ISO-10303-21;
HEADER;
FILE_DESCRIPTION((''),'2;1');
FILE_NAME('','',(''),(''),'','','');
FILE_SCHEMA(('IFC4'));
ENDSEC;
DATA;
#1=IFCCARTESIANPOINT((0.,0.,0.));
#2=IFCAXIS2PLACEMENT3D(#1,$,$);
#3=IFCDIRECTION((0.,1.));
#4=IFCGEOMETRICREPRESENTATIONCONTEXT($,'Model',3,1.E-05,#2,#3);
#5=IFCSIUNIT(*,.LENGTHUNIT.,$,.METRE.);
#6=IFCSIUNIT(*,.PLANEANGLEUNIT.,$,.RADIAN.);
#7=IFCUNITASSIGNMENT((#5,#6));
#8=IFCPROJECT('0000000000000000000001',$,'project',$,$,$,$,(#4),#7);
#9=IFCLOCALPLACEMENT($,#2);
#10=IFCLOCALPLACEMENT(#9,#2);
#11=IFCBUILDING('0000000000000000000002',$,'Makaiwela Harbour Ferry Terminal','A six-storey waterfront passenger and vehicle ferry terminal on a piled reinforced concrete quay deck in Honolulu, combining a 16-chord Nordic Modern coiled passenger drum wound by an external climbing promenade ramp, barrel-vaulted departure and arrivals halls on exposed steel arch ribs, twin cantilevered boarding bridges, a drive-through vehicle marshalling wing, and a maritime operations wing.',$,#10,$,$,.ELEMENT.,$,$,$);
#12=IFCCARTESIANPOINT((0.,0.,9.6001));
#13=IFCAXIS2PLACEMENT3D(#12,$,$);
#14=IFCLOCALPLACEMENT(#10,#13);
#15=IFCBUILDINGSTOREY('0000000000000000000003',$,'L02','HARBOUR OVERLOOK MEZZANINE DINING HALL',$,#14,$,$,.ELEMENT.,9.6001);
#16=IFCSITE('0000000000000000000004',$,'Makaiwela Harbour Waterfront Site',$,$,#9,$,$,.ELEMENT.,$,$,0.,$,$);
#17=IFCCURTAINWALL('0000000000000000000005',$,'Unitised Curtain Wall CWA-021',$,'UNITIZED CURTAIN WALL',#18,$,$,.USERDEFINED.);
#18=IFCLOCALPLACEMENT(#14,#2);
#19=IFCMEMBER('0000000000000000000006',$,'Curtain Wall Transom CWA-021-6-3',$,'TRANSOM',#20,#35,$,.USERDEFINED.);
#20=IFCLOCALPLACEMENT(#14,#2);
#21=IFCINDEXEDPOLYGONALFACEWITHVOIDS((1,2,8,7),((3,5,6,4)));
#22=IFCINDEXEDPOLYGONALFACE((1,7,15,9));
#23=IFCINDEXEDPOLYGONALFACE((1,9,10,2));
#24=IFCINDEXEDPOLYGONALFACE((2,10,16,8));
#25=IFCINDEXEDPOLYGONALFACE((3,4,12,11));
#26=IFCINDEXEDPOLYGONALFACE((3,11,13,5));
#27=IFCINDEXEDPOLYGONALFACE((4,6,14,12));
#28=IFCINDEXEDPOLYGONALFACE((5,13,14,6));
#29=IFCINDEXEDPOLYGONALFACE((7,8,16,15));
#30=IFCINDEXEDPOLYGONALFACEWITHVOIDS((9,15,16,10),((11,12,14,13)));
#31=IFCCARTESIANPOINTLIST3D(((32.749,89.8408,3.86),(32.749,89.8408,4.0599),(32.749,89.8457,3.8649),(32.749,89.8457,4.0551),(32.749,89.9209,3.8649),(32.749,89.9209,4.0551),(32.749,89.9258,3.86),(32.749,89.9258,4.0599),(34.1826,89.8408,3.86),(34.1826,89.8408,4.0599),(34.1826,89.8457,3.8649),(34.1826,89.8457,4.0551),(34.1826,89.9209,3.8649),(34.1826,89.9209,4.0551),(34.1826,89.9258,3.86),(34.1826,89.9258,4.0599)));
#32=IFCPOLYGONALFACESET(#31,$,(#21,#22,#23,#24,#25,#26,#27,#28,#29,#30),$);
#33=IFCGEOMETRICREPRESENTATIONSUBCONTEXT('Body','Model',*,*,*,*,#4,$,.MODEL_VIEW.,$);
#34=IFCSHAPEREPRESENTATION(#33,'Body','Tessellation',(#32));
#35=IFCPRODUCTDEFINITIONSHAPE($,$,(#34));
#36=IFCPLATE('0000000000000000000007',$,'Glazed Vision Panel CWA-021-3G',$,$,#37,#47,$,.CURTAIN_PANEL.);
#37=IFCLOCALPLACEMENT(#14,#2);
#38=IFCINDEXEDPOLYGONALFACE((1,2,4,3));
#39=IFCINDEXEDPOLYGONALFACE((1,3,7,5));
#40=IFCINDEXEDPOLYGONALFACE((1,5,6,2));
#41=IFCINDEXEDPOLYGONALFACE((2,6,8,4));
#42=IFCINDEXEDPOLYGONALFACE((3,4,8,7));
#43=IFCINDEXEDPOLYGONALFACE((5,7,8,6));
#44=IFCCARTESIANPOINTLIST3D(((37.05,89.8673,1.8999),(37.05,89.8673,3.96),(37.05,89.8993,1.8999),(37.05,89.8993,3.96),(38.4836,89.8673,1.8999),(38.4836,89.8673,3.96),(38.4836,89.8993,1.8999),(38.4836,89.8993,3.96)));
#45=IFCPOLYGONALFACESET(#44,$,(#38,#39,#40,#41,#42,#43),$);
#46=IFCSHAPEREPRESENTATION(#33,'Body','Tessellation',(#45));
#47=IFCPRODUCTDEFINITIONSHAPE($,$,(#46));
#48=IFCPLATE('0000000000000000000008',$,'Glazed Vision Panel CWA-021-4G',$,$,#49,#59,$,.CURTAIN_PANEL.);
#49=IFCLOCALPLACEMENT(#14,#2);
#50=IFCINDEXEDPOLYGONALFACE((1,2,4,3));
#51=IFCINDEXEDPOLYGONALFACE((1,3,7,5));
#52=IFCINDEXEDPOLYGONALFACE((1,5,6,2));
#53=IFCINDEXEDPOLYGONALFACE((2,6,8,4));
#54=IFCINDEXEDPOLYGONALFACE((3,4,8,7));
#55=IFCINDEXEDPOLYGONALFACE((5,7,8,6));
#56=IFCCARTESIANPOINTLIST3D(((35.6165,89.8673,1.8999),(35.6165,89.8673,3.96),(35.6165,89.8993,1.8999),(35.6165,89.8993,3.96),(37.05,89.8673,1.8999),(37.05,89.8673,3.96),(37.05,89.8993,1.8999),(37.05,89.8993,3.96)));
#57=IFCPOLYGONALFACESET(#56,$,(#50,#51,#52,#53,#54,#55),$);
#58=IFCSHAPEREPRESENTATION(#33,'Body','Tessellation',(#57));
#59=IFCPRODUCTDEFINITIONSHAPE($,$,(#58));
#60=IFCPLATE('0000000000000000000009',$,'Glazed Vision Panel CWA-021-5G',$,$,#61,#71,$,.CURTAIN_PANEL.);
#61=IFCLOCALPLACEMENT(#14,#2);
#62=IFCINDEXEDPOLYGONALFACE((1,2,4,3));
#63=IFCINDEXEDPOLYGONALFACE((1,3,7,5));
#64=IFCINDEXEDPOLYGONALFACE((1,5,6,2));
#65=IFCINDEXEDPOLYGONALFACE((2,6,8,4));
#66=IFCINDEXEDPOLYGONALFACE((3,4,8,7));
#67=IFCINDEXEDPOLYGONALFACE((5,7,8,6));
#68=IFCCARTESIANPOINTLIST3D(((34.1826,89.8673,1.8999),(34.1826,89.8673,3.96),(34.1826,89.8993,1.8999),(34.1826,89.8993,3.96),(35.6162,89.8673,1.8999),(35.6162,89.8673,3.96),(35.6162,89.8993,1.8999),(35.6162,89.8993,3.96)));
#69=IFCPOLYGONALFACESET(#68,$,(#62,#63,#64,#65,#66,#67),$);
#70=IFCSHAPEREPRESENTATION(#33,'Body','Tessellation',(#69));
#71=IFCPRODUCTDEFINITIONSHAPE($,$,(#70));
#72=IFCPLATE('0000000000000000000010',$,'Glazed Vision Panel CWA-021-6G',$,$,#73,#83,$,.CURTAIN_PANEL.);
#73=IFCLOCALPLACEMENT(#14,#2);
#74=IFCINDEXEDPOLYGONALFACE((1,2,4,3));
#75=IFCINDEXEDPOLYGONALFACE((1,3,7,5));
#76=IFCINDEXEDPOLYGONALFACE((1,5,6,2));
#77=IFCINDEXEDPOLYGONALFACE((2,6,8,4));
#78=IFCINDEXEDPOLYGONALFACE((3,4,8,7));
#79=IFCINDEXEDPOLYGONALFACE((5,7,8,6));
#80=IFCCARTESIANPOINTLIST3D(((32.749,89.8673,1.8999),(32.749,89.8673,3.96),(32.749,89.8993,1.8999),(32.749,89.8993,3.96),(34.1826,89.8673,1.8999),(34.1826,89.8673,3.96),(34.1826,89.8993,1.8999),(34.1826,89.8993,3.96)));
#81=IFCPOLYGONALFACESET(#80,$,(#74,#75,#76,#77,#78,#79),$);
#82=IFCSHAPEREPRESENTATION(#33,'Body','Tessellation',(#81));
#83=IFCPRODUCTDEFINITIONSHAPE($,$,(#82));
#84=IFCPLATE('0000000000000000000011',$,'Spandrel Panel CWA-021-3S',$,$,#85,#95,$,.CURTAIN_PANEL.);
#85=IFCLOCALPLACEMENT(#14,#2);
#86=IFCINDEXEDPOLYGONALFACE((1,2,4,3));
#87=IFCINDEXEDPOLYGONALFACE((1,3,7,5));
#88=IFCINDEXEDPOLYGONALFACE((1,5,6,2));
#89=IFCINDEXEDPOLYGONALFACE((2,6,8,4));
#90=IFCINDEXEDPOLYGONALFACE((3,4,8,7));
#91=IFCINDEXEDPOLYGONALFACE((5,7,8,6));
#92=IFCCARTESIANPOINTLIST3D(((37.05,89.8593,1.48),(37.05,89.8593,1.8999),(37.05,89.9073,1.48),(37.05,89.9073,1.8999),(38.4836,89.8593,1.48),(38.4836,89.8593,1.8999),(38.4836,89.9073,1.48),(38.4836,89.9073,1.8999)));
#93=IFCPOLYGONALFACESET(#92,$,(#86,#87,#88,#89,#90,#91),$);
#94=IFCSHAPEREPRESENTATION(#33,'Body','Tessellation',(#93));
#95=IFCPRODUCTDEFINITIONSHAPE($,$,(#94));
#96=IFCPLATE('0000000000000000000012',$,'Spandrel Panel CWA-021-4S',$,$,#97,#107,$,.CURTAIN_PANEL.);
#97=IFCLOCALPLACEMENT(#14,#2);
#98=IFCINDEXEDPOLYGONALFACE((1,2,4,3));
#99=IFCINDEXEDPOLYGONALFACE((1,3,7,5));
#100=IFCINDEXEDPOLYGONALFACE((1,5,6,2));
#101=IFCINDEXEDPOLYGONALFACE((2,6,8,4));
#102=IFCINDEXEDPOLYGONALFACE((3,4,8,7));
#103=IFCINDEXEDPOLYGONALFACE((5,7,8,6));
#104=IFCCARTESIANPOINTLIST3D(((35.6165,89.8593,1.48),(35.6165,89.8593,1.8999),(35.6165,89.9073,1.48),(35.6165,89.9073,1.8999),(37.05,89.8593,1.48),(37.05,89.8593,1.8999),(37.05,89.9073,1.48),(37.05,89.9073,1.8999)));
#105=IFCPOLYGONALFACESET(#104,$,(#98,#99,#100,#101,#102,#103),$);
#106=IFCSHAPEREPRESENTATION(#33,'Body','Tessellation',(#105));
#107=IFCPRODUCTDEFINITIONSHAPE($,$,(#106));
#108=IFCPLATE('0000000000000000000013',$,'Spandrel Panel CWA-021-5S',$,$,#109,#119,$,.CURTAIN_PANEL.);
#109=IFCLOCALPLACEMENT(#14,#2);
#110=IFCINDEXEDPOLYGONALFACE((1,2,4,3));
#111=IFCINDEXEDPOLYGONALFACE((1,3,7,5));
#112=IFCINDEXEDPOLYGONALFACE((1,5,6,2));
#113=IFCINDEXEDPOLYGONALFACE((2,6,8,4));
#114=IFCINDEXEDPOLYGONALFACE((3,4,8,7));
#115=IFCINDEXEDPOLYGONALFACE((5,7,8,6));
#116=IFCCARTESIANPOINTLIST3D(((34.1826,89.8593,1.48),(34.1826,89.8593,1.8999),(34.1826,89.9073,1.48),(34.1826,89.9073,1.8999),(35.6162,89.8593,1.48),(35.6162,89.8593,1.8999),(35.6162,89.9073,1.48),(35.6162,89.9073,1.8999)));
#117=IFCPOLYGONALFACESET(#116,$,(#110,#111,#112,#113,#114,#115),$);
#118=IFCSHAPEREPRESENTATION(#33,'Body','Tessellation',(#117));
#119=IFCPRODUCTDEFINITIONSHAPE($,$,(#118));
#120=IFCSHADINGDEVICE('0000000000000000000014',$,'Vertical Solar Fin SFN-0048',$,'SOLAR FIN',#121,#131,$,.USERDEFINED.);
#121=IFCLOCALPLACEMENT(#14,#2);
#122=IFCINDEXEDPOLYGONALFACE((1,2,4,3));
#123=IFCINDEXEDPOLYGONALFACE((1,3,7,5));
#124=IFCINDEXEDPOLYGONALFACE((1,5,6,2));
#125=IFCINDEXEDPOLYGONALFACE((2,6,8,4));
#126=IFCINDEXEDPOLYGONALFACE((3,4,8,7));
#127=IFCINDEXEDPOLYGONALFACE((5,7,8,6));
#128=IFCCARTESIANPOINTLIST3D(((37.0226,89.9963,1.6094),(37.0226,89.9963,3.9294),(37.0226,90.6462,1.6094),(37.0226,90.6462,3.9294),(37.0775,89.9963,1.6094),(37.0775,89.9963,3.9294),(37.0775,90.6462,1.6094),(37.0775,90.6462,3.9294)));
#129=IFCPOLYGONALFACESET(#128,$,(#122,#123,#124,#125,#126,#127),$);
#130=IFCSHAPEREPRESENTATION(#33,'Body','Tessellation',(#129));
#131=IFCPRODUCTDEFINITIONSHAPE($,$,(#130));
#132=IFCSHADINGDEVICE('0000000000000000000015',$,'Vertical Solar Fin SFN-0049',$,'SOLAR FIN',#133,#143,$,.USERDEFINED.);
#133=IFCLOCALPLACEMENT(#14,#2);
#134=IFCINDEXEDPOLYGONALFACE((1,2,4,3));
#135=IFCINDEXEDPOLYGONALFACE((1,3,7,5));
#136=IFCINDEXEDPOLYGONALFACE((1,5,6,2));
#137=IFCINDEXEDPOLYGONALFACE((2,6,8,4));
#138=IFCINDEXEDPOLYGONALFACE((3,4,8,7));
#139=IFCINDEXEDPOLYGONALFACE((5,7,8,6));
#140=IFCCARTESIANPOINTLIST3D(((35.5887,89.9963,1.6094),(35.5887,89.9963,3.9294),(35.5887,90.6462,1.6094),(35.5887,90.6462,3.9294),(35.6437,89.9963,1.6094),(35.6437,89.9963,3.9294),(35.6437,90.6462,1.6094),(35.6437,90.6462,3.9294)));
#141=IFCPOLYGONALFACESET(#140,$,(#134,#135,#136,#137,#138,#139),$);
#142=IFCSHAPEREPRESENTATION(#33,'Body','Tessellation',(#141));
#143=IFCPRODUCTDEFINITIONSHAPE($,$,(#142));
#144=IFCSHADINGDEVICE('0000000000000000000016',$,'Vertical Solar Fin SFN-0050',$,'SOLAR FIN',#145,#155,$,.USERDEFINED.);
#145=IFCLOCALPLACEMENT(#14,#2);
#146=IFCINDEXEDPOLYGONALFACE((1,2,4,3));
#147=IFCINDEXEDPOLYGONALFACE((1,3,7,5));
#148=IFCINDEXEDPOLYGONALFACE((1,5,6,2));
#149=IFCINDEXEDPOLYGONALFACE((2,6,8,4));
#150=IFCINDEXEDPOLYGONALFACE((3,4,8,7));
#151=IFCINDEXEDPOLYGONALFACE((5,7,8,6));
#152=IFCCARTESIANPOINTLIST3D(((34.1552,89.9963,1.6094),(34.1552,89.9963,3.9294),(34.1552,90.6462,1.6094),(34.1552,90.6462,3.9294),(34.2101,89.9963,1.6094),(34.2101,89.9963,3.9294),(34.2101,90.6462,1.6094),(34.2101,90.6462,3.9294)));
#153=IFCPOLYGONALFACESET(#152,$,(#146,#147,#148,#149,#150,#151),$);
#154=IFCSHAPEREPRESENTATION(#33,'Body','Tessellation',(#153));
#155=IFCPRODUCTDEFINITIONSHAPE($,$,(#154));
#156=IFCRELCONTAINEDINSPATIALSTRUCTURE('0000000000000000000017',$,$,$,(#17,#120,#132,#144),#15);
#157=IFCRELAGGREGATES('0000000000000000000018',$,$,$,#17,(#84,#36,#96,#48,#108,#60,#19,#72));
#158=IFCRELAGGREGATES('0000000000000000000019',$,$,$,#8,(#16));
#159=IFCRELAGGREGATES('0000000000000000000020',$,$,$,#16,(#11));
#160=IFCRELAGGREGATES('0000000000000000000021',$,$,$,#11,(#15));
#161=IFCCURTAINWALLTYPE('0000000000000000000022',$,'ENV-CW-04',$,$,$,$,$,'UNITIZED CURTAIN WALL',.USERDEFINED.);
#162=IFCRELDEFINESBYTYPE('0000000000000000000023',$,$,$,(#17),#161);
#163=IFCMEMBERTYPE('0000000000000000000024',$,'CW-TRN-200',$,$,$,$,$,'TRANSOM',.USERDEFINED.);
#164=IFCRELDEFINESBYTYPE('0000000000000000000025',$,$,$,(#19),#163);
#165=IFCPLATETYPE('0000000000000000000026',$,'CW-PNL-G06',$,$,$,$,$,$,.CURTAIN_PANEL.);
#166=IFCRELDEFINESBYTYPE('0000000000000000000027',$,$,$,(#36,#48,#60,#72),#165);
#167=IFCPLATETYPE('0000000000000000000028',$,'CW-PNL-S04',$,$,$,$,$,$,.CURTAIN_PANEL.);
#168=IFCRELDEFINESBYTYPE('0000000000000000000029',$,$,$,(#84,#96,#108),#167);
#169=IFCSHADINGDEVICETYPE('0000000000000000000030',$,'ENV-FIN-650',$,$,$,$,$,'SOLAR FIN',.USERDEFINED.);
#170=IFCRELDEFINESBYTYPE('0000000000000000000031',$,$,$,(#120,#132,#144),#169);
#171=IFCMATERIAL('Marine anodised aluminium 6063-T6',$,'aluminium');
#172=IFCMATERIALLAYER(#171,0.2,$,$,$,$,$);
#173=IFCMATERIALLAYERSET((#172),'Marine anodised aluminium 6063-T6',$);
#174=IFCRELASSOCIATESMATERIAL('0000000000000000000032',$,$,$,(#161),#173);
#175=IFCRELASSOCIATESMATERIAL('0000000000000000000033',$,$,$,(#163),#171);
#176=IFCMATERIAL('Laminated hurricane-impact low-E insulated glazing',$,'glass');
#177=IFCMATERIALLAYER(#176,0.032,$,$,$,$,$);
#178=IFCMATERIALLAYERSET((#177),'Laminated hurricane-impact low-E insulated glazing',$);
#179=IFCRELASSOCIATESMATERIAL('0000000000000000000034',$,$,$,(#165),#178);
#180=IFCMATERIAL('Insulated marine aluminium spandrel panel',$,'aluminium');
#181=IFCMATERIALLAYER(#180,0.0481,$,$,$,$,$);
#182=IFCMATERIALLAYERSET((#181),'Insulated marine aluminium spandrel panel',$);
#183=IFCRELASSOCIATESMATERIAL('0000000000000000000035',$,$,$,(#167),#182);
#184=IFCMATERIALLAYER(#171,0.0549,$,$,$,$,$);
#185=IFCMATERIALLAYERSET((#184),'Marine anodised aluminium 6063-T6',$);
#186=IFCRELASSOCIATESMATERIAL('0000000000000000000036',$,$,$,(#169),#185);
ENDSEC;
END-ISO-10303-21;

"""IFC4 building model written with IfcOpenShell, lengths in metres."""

from ifc_helpers import new_model, si_unit, direction, frame, origin, origin_2d, place, context, subcontext, project, spatial, rectangle, hollow_rectangle, extrude, material, layer, layer_set, material_profile, profile_set, type_object, element, aggregate, save


model = new_model("IFC4")

# Units and contexts
model_context = context("Model", 3, precision=1e-05, world=origin(), true_north=direction((0.0, 1.0)))
body_context = subcontext(model_context, "Body", "Model", "MODEL_VIEW")
ifc_project = project(units=[si_unit("LENGTHUNIT", "METRE"), si_unit("PLANEANGLEUNIT", "RADIAN")], contexts=[model_context])

# Site, building, storey
site_placement = place(None, origin())
site = spatial("IfcSite", under=ifc_project, at=site_placement, Name="Makaiwela Harbour Waterfront Site", CompositionType="ELEMENT", RefElevation=0.0)
building_placement = place(site_placement, origin())
building = spatial("IfcBuilding", under=site, at=building_placement, Name="Makaiwela Harbour Ferry Terminal", Description="A six-storey waterfront passenger and vehicle ferry terminal on a piled reinforced concrete quay deck in Honolulu, combining a 16-chord Nordic Modern coiled passenger drum wound by an external climbing promenade ramp, barrel-vaulted departure and arrivals halls on exposed steel arch ribs, twin cantilevered boarding bridges, a drive-through vehicle marshalling wing, and a maritime operations wing.", CompositionType="ELEMENT")
storey_placement = place(building_placement, frame((0.0, 0.0, 9.6001)))
storey = spatial("IfcBuildingStorey", under=building, at=storey_placement, Name="L02", Description="HARBOUR OVERLOOK MEZZANINE DINING HALL", CompositionType="ELEMENT", Elevation=9.6001)

# Curtain wall, member, plates
ifc_material_1 = material(Name="Marine anodised aluminium 6063-T6", Category="aluminium")
ifc_layer_1 = layer(ifc_material_1, 0.2)
ifc_layer_set_1 = layer_set([ifc_layer_1], Name="Marine anodised aluminium 6063-T6")
curtain_wall_type = type_object("IfcCurtainWallType", Name="ENV-CW-04", ElementType="UNITIZED CURTAIN WALL", PredefinedType="USERDEFINED", material=ifc_layer_set_1)
curtain_wall_placement = place(storey_placement, origin())
curtain_wall = element("IfcCurtainWall", 1, at=curtain_wall_placement, inside=storey, type_object=curtain_wall_type, Name="Unitised Curtain Wall CWA-021", ObjectType="UNITIZED CURTAIN WALL", PredefinedType="USERDEFINED")
ifc_material_profile_1 = material_profile(ifc_material_1, hollow_rectangle(XDim=0.085, YDim=0.2, WallThickness=0.0049, at=origin_2d()), Name="CWT-200X85")
ifc_profile_set_1 = profile_set([ifc_material_profile_1], Name="Marine anodised aluminium 6063-T6")
member_type_1 = type_object("IfcMemberType", Name="CW-TRN-200", ElementType="TRANSOM", PredefinedType="USERDEFINED", material=ifc_profile_set_1)
member_1_placement = place(storey_placement, frame((34.1826, 89.8833, 3.96), z_axis=(-1.0, 0.0, 0.0), x_axis=(0.0, -1.0, 0.0)))
member_1 = element("IfcMember", 2, at=member_1_placement, type_object=member_type_1, Name="Curtain Wall Transom CWA-021-6-3", ObjectType="TRANSOM", PredefinedType="USERDEFINED", context=body_context, shape_type="SweptSolid", body=[
    extrude(hollow_rectangle(XDim=0.085, YDim=0.2, WallThickness=0.0049, at=origin_2d()), origin(), (0.0, 0.0, 1.0), 1.4336),
])
ifc_material_2 = material(Name="Laminated hurricane-impact low-E insulated glazing", Category="glass")
ifc_layer_2 = layer(ifc_material_2, 0.032)
ifc_layer_set_2 = layer_set([ifc_layer_2], Name="Laminated hurricane-impact low-E insulated glazing")
plate_type_1 = type_object("IfcPlateType", Name="CW-PNL-G06", PredefinedType="CURTAIN_PANEL", material=ifc_layer_set_2)
plate_1_placement = place(storey_placement, frame((37.7668, 89.8833, 1.8999), z_axis=(0.0, 0.0, 1.0), x_axis=(-1.0, 0.0, 0.0)))
plate_1 = element("IfcPlate", 3, at=plate_1_placement, type_object=plate_type_1, Name="Glazed Vision Panel CWA-021-3G", PredefinedType="CURTAIN_PANEL", context=body_context, shape_type="SweptSolid", body=[
    extrude(rectangle(XDim=1.4336, YDim=0.032, at=origin_2d()), origin(), (0.0, 0.0, 1.0), 2.0601),
])
plate_2_placement = place(storey_placement, frame((36.3333, 89.8833, 1.8999), z_axis=(0.0, 0.0, 1.0), x_axis=(-1.0, 0.0, 0.0)))
plate_2 = element("IfcPlate", 4, at=plate_2_placement, type_object=plate_type_1, Name="Glazed Vision Panel CWA-021-4G", PredefinedType="CURTAIN_PANEL", context=body_context, shape_type="SweptSolid", body=[
    extrude(rectangle(XDim=1.4336, YDim=0.032, at=origin_2d()), origin(), (0.0, 0.0, 1.0), 2.0601),
])
plate_3_placement = place(storey_placement, frame((34.8994, 89.8833, 1.8999), z_axis=(0.0, 0.0, 1.0), x_axis=(-1.0, 0.0, 0.0)))
plate_3 = element("IfcPlate", 5, at=plate_3_placement, type_object=plate_type_1, Name="Glazed Vision Panel CWA-021-5G", PredefinedType="CURTAIN_PANEL", context=body_context, shape_type="SweptSolid", body=[
    extrude(rectangle(XDim=1.4336, YDim=0.032, at=origin_2d()), origin(), (0.0, 0.0, 1.0), 2.0601),
])
plate_4_placement = place(storey_placement, frame((33.4658, 89.8833, 1.8999), z_axis=(0.0, 0.0, 1.0), x_axis=(-1.0, 0.0, 0.0)))
plate_4 = element("IfcPlate", 6, at=plate_4_placement, type_object=plate_type_1, Name="Glazed Vision Panel CWA-021-6G", PredefinedType="CURTAIN_PANEL", context=body_context, shape_type="SweptSolid", body=[
    extrude(rectangle(XDim=1.4336, YDim=0.032, at=origin_2d()), origin(), (0.0, 0.0, 1.0), 2.0601),
])
ifc_material_3 = material(Name="Insulated marine aluminium spandrel panel", Category="aluminium")
ifc_layer_3 = layer(ifc_material_3, 0.0481)
ifc_layer_set_3 = layer_set([ifc_layer_3], Name="Insulated marine aluminium spandrel panel")
plate_type_2 = type_object("IfcPlateType", Name="CW-PNL-S04", PredefinedType="CURTAIN_PANEL", material=ifc_layer_set_3)
plate_5_placement = place(storey_placement, frame((37.7668, 89.8833, 1.48), z_axis=(0.0, 0.0, 1.0), x_axis=(-1.0, 0.0, 0.0)))
plate_5 = element("IfcPlate", 7, at=plate_5_placement, type_object=plate_type_2, Name="Spandrel Panel CWA-021-3S", PredefinedType="CURTAIN_PANEL", context=body_context, shape_type="SweptSolid", body=[
    extrude(rectangle(XDim=1.4336, YDim=0.0481, at=origin_2d()), origin(), (0.0, 0.0, 1.0), 0.4199),
])
plate_6_placement = place(storey_placement, frame((36.3333, 89.8833, 1.48), z_axis=(0.0, 0.0, 1.0), x_axis=(-1.0, 0.0, 0.0)))
plate_6 = element("IfcPlate", 8, at=plate_6_placement, type_object=plate_type_2, Name="Spandrel Panel CWA-021-4S", PredefinedType="CURTAIN_PANEL", context=body_context, shape_type="SweptSolid", body=[
    extrude(rectangle(XDim=1.4336, YDim=0.0481, at=origin_2d()), origin(), (0.0, 0.0, 1.0), 0.4199),
])
plate_7_placement = place(storey_placement, frame((34.8994, 89.8833, 1.48), z_axis=(0.0, 0.0, 1.0), x_axis=(-1.0, 0.0, 0.0)))
plate_7 = element("IfcPlate", 9, at=plate_7_placement, type_object=plate_type_2, Name="Spandrel Panel CWA-021-5S", PredefinedType="CURTAIN_PANEL", context=body_context, shape_type="SweptSolid", body=[
    extrude(rectangle(XDim=1.4336, YDim=0.0481, at=origin_2d()), origin(), (0.0, 0.0, 1.0), 0.4199),
])
aggregate(curtain_wall, [plate_5, plate_1, plate_6, plate_2, plate_7, plate_3, member_1, plate_4])

# Shading devices
ifc_layer_4 = layer(ifc_material_1, 0.0549)
ifc_layer_set_4 = layer_set([ifc_layer_4], Name="Marine anodised aluminium 6063-T6")
shading_device_type = type_object("IfcShadingDeviceType", Name="ENV-FIN-650", ElementType="SOLAR FIN", PredefinedType="USERDEFINED", material=ifc_layer_set_4)
for number, where, z_axis, x_axis, name in (
    (10, (37.05, 90.3213, 1.6094), (0.0, 0.0, 1.0), (0.0, 1.0, 0.0), "Vertical Solar Fin SFN-0048"),
    (11, (35.6162, 90.3213, 1.6094), (0.0, 0.0, 1.0), (0.0, 1.0, 0.0), "Vertical Solar Fin SFN-0049"),
    (12, (34.1826, 90.3213, 1.6094), (0.0, 0.0, 1.0), (0.0, 1.0, 0.0), "Vertical Solar Fin SFN-0050"),
):
    element("IfcShadingDevice", number, at=place(storey_placement, frame(where, z_axis=z_axis, x_axis=x_axis)), inside=storey, type_object=shading_device_type, Name=name, ObjectType="SOLAR FIN", PredefinedType="USERDEFINED", context=body_context, shape_type="SweptSolid", body=[
        extrude(rectangle(XDim=0.6499, YDim=0.0549, at=origin_2d()), origin(), (0.0, 0.0, 1.0), 2.3201),
    ])

save(model, "model.ifc")
